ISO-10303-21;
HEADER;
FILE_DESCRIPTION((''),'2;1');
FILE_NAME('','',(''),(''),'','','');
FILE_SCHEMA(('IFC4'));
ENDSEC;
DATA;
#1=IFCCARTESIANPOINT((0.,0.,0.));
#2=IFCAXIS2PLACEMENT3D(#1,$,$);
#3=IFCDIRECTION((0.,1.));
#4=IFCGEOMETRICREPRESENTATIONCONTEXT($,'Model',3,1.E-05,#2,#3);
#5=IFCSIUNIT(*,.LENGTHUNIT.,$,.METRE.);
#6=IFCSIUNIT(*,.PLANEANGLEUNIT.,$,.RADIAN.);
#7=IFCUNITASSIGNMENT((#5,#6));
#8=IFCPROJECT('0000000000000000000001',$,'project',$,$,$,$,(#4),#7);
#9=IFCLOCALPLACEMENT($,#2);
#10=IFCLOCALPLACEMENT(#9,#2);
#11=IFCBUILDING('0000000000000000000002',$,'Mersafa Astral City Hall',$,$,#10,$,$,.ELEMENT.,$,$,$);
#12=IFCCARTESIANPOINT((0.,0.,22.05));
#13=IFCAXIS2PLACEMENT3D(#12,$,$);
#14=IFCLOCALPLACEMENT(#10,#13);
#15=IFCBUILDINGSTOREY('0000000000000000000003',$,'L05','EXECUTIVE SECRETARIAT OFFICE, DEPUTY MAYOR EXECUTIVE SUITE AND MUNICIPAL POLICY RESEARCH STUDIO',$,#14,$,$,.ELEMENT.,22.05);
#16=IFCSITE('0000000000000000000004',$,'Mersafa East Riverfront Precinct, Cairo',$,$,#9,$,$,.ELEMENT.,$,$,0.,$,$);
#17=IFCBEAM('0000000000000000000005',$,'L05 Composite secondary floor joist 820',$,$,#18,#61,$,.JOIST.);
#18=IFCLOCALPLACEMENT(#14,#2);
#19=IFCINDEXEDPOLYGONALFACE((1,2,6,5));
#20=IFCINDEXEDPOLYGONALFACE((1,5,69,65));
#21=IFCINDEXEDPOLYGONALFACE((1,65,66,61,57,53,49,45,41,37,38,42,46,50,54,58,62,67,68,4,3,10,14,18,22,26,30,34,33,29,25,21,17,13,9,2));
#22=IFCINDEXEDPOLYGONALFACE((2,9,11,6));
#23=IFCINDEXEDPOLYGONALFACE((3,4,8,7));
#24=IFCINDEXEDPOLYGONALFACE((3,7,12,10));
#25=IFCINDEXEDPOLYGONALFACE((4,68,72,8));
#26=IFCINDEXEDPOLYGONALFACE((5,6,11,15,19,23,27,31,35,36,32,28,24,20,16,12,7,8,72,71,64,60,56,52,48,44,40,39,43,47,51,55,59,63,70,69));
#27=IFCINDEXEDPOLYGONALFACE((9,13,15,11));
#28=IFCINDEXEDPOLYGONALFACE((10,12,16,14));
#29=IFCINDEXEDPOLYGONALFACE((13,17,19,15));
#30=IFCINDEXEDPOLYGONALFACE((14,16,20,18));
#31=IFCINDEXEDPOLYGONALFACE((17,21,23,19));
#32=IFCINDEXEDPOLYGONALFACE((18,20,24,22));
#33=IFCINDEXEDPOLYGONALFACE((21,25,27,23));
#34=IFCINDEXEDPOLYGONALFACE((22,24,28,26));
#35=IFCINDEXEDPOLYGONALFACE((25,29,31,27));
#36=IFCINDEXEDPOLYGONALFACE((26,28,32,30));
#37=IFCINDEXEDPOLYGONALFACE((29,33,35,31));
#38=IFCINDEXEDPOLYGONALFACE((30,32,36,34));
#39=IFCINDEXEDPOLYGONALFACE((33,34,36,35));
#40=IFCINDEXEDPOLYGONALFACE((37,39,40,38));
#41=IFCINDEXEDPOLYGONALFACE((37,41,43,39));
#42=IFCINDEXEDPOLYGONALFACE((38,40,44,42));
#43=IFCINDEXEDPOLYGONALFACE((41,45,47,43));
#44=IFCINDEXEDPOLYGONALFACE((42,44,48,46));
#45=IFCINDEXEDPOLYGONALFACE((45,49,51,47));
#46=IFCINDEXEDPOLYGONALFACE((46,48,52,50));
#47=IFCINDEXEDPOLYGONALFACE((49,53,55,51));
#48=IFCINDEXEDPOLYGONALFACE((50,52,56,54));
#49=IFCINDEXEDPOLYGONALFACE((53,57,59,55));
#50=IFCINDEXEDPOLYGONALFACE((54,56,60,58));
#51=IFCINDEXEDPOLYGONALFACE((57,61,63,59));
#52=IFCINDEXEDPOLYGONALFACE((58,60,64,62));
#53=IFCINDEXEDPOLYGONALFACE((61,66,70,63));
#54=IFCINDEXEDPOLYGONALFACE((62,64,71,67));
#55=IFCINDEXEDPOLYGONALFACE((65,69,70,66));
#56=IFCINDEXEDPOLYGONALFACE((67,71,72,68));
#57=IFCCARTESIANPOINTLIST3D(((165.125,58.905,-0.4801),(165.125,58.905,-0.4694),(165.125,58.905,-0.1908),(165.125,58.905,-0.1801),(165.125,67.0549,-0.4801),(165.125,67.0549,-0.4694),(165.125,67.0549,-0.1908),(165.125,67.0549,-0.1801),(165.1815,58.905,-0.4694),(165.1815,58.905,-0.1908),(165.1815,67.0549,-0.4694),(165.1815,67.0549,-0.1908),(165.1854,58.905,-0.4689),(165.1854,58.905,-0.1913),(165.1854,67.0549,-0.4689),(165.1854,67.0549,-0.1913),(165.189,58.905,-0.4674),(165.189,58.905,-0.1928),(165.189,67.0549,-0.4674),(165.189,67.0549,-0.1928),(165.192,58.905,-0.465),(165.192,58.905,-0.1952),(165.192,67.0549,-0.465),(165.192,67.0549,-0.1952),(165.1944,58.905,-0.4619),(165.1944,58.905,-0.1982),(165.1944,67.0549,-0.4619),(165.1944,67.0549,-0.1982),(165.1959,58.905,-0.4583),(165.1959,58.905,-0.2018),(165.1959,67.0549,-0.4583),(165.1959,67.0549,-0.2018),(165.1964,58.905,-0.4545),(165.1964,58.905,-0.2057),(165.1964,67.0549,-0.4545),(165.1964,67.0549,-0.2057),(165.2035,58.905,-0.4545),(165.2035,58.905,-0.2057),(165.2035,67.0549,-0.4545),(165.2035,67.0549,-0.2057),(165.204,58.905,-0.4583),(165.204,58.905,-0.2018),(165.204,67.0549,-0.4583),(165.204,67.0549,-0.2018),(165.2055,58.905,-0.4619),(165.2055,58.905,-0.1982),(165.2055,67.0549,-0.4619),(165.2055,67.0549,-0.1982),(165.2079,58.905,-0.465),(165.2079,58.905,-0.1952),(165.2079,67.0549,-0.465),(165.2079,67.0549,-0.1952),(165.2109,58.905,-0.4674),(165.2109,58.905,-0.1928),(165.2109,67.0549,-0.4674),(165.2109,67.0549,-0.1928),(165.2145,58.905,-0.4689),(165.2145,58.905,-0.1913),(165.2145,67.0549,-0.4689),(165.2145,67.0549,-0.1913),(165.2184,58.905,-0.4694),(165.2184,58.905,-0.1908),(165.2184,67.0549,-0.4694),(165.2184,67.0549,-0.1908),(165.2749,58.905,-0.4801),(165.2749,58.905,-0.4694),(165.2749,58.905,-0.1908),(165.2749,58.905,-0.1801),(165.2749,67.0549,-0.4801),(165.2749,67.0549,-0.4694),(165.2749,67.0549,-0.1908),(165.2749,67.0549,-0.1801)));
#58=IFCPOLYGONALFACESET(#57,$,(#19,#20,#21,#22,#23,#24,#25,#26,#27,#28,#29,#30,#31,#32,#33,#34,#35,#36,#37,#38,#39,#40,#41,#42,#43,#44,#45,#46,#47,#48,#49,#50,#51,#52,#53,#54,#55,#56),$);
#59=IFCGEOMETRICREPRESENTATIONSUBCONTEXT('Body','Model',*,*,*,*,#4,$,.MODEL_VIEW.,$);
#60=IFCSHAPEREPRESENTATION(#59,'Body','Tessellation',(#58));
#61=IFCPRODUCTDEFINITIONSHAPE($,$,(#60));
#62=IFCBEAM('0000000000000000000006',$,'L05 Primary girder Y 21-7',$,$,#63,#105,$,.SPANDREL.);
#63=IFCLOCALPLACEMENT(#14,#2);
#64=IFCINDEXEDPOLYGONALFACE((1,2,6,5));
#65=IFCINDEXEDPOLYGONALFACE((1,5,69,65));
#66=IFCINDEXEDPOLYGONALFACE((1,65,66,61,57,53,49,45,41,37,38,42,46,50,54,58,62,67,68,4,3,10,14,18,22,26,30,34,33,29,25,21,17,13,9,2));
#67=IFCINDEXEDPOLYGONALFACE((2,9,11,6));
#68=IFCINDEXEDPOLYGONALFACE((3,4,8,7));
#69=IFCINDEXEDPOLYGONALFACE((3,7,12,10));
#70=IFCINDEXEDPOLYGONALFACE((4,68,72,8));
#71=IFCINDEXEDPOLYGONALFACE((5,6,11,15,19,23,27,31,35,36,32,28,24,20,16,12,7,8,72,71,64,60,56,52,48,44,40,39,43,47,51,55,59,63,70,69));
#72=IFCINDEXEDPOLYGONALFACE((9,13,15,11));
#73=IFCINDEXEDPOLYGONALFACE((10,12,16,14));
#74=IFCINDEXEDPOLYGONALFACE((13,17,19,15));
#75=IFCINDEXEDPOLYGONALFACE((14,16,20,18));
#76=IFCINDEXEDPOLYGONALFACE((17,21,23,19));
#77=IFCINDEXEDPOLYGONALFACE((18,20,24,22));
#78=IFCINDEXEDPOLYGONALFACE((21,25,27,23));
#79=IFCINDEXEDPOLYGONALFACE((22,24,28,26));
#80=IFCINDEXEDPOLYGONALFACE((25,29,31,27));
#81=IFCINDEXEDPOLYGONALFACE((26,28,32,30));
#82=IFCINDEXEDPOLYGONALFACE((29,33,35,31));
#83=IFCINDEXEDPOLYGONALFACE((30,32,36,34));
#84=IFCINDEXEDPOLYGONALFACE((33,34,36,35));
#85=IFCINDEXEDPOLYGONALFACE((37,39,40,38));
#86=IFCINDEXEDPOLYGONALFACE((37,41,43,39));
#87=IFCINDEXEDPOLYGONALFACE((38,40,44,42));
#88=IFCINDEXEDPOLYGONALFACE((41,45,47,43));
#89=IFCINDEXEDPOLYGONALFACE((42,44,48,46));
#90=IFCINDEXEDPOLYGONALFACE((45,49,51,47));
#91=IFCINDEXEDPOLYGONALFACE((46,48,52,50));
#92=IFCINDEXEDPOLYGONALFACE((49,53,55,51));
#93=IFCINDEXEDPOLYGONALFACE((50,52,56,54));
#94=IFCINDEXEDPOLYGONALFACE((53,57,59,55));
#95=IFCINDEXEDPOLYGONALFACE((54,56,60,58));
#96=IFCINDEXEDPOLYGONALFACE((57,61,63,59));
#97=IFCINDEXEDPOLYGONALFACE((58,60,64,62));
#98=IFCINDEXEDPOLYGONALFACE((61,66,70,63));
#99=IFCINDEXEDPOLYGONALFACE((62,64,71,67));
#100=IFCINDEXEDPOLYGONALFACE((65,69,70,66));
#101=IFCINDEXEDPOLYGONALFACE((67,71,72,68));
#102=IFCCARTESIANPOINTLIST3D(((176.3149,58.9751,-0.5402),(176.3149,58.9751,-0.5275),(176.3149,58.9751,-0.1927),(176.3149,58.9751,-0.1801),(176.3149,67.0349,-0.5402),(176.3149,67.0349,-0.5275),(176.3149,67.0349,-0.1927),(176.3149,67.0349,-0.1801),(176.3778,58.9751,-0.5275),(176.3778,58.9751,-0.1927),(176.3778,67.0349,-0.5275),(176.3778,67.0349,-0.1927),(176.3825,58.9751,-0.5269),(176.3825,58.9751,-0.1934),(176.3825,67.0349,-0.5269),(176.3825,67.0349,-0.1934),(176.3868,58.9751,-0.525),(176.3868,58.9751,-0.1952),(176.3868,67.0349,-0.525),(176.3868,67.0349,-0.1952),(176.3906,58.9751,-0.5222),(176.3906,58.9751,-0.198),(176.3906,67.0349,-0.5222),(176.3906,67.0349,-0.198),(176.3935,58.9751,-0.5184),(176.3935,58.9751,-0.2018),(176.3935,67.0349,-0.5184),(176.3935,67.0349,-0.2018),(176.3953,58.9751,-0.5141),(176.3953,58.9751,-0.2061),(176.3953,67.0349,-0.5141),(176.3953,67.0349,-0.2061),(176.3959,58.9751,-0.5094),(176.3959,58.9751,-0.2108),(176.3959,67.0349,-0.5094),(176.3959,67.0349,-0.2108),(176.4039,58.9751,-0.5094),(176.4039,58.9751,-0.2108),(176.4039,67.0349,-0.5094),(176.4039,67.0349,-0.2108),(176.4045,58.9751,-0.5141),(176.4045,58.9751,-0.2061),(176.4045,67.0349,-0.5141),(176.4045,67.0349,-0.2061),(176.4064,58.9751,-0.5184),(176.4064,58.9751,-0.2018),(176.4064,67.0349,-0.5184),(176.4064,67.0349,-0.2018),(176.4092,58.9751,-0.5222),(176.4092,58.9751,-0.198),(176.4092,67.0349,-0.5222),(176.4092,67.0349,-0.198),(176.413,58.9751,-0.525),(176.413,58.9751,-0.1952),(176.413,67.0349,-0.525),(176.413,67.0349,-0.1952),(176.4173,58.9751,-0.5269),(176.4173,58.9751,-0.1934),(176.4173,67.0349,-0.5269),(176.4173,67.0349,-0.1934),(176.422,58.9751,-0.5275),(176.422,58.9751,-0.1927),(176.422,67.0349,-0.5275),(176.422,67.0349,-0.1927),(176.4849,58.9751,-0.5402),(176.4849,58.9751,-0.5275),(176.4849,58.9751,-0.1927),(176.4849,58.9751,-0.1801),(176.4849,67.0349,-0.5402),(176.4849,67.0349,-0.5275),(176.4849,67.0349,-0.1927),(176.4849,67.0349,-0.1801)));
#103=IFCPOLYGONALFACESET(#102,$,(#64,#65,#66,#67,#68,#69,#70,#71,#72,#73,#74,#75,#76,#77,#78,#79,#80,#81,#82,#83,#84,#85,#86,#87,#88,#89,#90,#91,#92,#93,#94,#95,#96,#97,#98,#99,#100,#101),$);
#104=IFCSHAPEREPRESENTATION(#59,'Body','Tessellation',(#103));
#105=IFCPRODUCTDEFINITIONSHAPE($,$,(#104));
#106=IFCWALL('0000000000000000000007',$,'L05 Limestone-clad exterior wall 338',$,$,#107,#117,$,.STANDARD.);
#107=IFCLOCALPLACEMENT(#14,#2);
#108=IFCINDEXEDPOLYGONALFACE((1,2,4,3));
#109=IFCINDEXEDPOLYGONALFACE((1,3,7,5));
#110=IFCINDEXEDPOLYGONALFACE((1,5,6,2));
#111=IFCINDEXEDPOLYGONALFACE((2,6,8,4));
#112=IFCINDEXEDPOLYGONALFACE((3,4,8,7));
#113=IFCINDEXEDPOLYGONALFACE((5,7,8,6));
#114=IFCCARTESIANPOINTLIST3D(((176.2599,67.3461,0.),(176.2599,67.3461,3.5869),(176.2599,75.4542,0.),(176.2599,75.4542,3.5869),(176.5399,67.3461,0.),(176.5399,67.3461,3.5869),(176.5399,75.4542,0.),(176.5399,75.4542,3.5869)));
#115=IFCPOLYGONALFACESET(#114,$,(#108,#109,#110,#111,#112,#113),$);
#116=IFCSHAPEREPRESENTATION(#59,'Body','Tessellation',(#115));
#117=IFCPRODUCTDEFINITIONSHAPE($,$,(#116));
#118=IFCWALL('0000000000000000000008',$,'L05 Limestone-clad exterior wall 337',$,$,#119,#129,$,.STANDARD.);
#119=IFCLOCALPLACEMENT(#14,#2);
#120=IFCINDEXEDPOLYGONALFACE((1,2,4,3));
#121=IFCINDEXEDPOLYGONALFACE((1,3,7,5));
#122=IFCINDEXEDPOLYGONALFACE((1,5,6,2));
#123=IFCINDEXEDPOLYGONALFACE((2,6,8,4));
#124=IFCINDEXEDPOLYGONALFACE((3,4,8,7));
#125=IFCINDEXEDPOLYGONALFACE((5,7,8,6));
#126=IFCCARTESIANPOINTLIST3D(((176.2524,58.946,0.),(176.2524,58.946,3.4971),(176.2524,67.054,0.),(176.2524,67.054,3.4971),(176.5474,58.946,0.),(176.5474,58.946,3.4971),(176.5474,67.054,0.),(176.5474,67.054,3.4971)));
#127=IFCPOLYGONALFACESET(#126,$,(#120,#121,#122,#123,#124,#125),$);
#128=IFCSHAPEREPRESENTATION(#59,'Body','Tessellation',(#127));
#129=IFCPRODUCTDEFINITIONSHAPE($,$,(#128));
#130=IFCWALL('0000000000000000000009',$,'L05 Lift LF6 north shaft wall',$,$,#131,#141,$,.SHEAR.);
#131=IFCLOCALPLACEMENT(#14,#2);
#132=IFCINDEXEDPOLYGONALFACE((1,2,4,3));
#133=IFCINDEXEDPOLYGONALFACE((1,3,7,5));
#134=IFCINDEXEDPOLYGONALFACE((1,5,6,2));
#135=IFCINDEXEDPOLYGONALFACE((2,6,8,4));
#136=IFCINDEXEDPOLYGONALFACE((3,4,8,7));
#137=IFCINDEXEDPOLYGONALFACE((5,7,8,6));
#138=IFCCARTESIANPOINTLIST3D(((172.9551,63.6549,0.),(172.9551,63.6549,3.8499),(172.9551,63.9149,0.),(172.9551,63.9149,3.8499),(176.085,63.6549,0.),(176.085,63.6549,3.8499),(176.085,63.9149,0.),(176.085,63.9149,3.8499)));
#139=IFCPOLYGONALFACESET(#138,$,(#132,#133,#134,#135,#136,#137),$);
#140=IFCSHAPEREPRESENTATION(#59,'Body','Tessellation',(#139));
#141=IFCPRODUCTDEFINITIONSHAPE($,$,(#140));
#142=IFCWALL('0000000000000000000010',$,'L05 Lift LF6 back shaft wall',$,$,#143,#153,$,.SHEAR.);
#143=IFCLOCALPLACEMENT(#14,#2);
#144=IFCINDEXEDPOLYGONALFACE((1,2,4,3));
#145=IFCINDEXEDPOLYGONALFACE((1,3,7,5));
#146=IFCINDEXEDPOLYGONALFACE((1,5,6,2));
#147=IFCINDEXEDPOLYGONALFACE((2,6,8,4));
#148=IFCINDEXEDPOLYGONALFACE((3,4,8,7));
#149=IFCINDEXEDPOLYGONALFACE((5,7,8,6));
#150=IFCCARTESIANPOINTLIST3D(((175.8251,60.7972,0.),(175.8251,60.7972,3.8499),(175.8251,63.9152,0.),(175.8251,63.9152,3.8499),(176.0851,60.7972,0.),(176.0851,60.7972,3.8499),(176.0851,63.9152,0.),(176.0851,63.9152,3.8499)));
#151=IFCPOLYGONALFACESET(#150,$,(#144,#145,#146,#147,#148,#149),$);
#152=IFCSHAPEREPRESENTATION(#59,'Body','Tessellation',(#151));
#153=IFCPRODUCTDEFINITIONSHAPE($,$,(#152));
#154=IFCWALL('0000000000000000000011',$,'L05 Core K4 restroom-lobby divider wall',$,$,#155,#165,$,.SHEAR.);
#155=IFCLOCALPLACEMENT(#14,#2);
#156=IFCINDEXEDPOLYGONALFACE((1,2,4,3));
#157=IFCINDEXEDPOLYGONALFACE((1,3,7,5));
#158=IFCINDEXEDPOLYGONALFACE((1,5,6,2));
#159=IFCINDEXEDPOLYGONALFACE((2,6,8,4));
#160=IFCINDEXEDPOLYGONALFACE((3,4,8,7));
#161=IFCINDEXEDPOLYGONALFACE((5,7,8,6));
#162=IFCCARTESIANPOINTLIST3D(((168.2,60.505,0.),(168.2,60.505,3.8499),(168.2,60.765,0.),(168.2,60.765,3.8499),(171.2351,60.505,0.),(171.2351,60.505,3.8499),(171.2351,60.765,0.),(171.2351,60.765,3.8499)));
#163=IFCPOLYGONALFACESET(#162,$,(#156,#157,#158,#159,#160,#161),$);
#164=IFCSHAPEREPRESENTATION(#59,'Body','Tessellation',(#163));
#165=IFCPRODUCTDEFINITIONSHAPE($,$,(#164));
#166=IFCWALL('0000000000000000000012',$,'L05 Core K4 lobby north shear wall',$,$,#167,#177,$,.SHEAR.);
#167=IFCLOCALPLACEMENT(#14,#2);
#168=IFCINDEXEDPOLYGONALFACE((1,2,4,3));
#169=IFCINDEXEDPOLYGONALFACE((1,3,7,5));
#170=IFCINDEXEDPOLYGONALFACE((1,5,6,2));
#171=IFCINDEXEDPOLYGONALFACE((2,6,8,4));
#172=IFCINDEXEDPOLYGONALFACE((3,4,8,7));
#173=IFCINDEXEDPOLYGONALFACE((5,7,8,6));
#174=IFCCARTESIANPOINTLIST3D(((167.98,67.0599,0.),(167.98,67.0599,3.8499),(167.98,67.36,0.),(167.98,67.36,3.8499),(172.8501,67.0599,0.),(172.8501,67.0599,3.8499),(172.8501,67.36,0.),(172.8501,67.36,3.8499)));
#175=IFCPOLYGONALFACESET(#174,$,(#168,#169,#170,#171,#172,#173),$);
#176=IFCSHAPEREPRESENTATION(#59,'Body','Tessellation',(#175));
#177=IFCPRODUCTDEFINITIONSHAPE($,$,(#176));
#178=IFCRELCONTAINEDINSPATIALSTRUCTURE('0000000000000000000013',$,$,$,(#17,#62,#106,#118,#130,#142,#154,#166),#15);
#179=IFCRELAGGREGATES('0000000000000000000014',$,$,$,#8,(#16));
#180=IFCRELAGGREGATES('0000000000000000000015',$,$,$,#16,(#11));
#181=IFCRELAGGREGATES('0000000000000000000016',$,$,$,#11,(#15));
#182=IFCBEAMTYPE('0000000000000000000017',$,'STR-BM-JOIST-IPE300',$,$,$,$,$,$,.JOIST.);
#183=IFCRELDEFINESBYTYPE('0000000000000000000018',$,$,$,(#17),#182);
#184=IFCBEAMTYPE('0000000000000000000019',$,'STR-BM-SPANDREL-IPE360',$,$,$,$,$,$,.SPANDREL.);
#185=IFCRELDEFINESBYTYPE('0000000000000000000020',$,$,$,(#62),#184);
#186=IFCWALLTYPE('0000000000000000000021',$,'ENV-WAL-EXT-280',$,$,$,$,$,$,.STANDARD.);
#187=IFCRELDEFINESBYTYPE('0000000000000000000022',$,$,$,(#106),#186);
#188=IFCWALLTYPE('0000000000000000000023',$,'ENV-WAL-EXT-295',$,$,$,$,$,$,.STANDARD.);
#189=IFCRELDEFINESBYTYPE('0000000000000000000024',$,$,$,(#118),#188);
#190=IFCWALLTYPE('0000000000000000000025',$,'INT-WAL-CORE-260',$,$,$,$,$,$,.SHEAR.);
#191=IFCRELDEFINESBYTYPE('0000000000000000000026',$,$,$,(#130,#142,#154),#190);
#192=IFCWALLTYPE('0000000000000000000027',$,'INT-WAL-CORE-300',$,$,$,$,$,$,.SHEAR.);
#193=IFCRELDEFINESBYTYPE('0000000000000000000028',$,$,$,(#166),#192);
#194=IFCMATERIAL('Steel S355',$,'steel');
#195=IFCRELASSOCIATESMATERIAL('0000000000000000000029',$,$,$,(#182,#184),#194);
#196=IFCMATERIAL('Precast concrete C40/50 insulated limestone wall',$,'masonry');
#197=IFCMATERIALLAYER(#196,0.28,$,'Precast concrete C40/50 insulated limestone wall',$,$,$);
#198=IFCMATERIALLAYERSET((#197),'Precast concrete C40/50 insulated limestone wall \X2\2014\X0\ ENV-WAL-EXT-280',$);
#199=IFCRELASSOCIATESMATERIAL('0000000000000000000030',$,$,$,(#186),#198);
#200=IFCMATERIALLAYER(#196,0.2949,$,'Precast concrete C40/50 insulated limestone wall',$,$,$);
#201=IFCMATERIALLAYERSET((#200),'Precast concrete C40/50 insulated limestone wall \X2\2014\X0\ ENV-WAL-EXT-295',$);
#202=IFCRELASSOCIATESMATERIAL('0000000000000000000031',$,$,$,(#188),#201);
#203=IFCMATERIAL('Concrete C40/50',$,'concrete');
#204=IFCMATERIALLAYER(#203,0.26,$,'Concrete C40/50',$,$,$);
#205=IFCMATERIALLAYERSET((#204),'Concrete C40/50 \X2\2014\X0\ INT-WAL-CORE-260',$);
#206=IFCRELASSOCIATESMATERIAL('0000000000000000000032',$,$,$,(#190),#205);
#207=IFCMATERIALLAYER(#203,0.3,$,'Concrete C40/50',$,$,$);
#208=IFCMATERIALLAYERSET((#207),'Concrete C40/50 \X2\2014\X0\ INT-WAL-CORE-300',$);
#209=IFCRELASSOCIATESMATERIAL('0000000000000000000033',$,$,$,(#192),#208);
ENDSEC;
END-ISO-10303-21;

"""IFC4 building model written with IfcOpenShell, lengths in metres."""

from ifc_helpers import new_model, si_unit, direction, frame, frame_2d, origin, origin_2d, place, context, subcontext, project, spatial, rectangle, i_section, extrude, material, layer, layer_set, material_profile, profile_set, type_object, element, save


model = new_model("IFC4")

# Units and contexts
model_context = context("Model", 3, precision=1e-05, world=origin(), true_north=direction((0.0, 1.0)))
body_context = subcontext(model_context, "Body", "Model", "MODEL_VIEW")
ifc_project = project(units=[si_unit("LENGTHUNIT", "METRE"), si_unit("PLANEANGLEUNIT", "RADIAN")], contexts=[model_context])

# Site, building, storey
site_placement = place(None, origin())
site = spatial("IfcSite", under=ifc_project, at=site_placement, Name="Mersafa East Riverfront Precinct, Cairo", CompositionType="ELEMENT", RefElevation=0.0)
building_placement = place(site_placement, origin())
building = spatial("IfcBuilding", under=site, at=building_placement, Name="Mersafa Astral City Hall", CompositionType="ELEMENT")
storey_placement = place(building_placement, frame((0.0, 0.0, 22.05)))
storey = spatial("IfcBuildingStorey", under=building, at=storey_placement, Name="L05", Description="EXECUTIVE SECRETARIAT OFFICE, DEPUTY MAYOR EXECUTIVE SUITE AND MUNICIPAL POLICY RESEARCH STUDIO", CompositionType="ELEMENT", Elevation=22.05)

# Shared definitions
ifc_material_1 = material(Name="Steel S355", Category="steel")

# Beams
ifc_material_profile_1 = material_profile(ifc_material_1, i_section(OverallWidth=0.1499, OverallDepth=0.3, WebThickness=0.0071, FlangeThickness=0.0107, FilletRadius=0.0149, at=origin_2d()), Name="IPE 300")
ifc_profile_set_1 = profile_set([ifc_material_profile_1], Name="Steel S355")
beam_type_1 = type_object("IfcBeamType", Name="STR-BM-JOIST-IPE300", PredefinedType="JOIST", material=ifc_profile_set_1)
for number, where, z_axis, x_axis, name in (
    (1, (165.2, 58.905, -0.3301), (0.0, 1.0, 0.0), (-1.0, 0.0, 0.0), "L05 Composite secondary floor joist 820"),
):
    element("IfcBeam", number, at=place(storey_placement, frame(where, z_axis=z_axis, x_axis=x_axis)), inside=storey, type_object=beam_type_1, Name=name, PredefinedType="JOIST", context=body_context, shape_type="SweptSolid", body=[
        extrude(i_section(OverallWidth=0.1499, OverallDepth=0.3, WebThickness=0.0071, FlangeThickness=0.0107, FilletRadius=0.0149, at=origin_2d()), origin(), (0.0, 0.0, 1.0), 8.1499),
    ])
ifc_material_profile_2 = material_profile(ifc_material_1, i_section(OverallWidth=0.1699, OverallDepth=0.3601, WebThickness=0.0081, FlangeThickness=0.0127, FilletRadius=0.0181, at=origin_2d()), Name="IPE 360")
ifc_profile_set_2 = profile_set([ifc_material_profile_2], Name="Steel S355")
beam_type_2 = type_object("IfcBeamType", Name="STR-BM-SPANDREL-IPE360", PredefinedType="SPANDREL", material=ifc_profile_set_2)
beam_1_placement = place(storey_placement, frame((176.3999, 58.9751, -0.3601), z_axis=(0.0, 1.0, 0.0), x_axis=(-1.0, 0.0, 0.0)))
element("IfcBeam", 2, at=beam_1_placement, inside=storey, type_object=beam_type_2, Name="L05 Primary girder Y 21-7", PredefinedType="SPANDREL", context=body_context, shape_type="SweptSolid", body=[
    extrude(i_section(OverallWidth=0.1699, OverallDepth=0.3601, WebThickness=0.0081, FlangeThickness=0.0127, FilletRadius=0.0181, at=origin_2d()), origin(), (0.0, 0.0, 1.0), 8.0598),
])

# Walls
ifc_material_2 = material(Name="Precast concrete C40/50 insulated limestone wall", Category="masonry")
ifc_layer_1 = layer(ifc_material_2, 0.28, Name="Precast concrete C40/50 insulated limestone wall")
ifc_layer_set_1 = layer_set([ifc_layer_1], Name="Precast concrete C40/50 insulated limestone wall — ENV-WAL-EXT-280")
wall_type_1 = type_object("IfcWallType", Name="ENV-WAL-EXT-280", PredefinedType="STANDARD", material=ifc_layer_set_1)
wall_1_placement = place(storey_placement, frame((176.3999, 67.3459, 0.0), z_axis=(0.0, 0.0, 1.0), x_axis=(0.0, 1.0, 0.0)))
element("IfcWall", 3, at=wall_1_placement, inside=storey, type_object=wall_type_1, Name="L05 Limestone-clad exterior wall 338", PredefinedType="STANDARD", context=body_context, shape_type="SweptSolid", body=[
    extrude(rectangle(XDim=8.1082, YDim=0.28, at=frame_2d((4.0542, 0.0))), origin(), (0.0, 0.0, 1.0), 3.5869),
])
ifc_layer_2 = layer(ifc_material_2, 0.2949, Name="Precast concrete C40/50 insulated limestone wall")
ifc_layer_set_2 = layer_set([ifc_layer_2], Name="Precast concrete C40/50 insulated limestone wall — ENV-WAL-EXT-295")
wall_type_2 = type_object("IfcWallType", Name="ENV-WAL-EXT-295", PredefinedType="STANDARD", material=ifc_layer_set_2)
wall_2_placement = place(storey_placement, frame((176.3999, 58.946, 0.0), z_axis=(0.0, 0.0, 1.0), x_axis=(0.0, 1.0, 0.0)))
element("IfcWall", 4, at=wall_2_placement, inside=storey, type_object=wall_type_2, Name="L05 Limestone-clad exterior wall 337", PredefinedType="STANDARD", context=body_context, shape_type="SweptSolid", body=[
    extrude(rectangle(XDim=8.1079, YDim=0.2949, at=frame_2d((4.054, 0.0))), origin(), (0.0, 0.0, 1.0), 3.4971),
])
ifc_material_3 = material(Name="Concrete C40/50", Category="concrete")
ifc_layer_3 = layer(ifc_material_3, 0.26, Name="Concrete C40/50")
ifc_layer_set_3 = layer_set([ifc_layer_3], Name="Concrete C40/50 — INT-WAL-CORE-260")
wall_type_3 = type_object("IfcWallType", Name="INT-WAL-CORE-260", PredefinedType="SHEAR", material=ifc_layer_set_3)
wall_3_placement = place(storey_placement, frame((172.9551, 63.7849, 0.0), z_axis=(0.0, 0.0, 1.0), x_axis=(1.0, 0.0, 0.0)))
element("IfcWall", 5, at=wall_3_placement, inside=storey, type_object=wall_type_3, Name="L05 Lift LF6 north shaft wall", PredefinedType="SHEAR", context=body_context, shape_type="SweptSolid", body=[
    extrude(rectangle(XDim=3.1299, YDim=0.26, at=frame_2d((1.5649, 0.0))), origin(), (0.0, 0.0, 1.0), 3.8499),
])
wall_4_placement = place(storey_placement, frame((175.9551, 60.7971, 0.0), z_axis=(0.0, 0.0, 1.0), x_axis=(0.0, 1.0, 0.0)))
element("IfcWall", 6, at=wall_4_placement, inside=storey, type_object=wall_type_3, Name="L05 Lift LF6 back shaft wall", PredefinedType="SHEAR", context=body_context, shape_type="SweptSolid", body=[
    extrude(rectangle(XDim=3.1179, YDim=0.26, at=frame_2d((1.5591, 0.0))), origin(), (0.0, 0.0, 1.0), 3.8499),
])

# Walls
wall_5_placement = place(storey_placement, frame((168.2, 60.635, 0.0), z_axis=(0.0, 0.0, 1.0), x_axis=(1.0, 0.0, 0.0)))
element("IfcWall", 7, at=wall_5_placement, inside=storey, type_object=wall_type_3, Name="L05 Core K4 restroom-lobby divider wall", PredefinedType="SHEAR", context=body_context, shape_type="SweptSolid", body=[
    extrude(rectangle(XDim=3.0352, YDim=0.26, at=frame_2d((1.5176, 0.0))), origin(), (0.0, 0.0, 1.0), 3.8499),
])
ifc_layer_4 = layer(ifc_material_3, 0.3, Name="Concrete C40/50")
ifc_layer_set_4 = layer_set([ifc_layer_4], Name="Concrete C40/50 — INT-WAL-CORE-300")
wall_type_4 = type_object("IfcWallType", Name="INT-WAL-CORE-300", PredefinedType="SHEAR", material=ifc_layer_set_4)
wall_6_placement = place(storey_placement, frame((167.98, 67.21, 0.0), z_axis=(0.0, 0.0, 1.0), x_axis=(1.0, 0.0, 0.0)))
element("IfcWall", 8, at=wall_6_placement, inside=storey, type_object=wall_type_4, Name="L05 Core K4 lobby north shear wall", PredefinedType="SHEAR", context=body_context, shape_type="SweptSolid", body=[
    extrude(rectangle(XDim=4.8701, YDim=0.3, at=frame_2d((2.4351, 0.0))), origin(), (0.0, 0.0, 1.0), 3.8499),
])

save(model, "model.ifc")
